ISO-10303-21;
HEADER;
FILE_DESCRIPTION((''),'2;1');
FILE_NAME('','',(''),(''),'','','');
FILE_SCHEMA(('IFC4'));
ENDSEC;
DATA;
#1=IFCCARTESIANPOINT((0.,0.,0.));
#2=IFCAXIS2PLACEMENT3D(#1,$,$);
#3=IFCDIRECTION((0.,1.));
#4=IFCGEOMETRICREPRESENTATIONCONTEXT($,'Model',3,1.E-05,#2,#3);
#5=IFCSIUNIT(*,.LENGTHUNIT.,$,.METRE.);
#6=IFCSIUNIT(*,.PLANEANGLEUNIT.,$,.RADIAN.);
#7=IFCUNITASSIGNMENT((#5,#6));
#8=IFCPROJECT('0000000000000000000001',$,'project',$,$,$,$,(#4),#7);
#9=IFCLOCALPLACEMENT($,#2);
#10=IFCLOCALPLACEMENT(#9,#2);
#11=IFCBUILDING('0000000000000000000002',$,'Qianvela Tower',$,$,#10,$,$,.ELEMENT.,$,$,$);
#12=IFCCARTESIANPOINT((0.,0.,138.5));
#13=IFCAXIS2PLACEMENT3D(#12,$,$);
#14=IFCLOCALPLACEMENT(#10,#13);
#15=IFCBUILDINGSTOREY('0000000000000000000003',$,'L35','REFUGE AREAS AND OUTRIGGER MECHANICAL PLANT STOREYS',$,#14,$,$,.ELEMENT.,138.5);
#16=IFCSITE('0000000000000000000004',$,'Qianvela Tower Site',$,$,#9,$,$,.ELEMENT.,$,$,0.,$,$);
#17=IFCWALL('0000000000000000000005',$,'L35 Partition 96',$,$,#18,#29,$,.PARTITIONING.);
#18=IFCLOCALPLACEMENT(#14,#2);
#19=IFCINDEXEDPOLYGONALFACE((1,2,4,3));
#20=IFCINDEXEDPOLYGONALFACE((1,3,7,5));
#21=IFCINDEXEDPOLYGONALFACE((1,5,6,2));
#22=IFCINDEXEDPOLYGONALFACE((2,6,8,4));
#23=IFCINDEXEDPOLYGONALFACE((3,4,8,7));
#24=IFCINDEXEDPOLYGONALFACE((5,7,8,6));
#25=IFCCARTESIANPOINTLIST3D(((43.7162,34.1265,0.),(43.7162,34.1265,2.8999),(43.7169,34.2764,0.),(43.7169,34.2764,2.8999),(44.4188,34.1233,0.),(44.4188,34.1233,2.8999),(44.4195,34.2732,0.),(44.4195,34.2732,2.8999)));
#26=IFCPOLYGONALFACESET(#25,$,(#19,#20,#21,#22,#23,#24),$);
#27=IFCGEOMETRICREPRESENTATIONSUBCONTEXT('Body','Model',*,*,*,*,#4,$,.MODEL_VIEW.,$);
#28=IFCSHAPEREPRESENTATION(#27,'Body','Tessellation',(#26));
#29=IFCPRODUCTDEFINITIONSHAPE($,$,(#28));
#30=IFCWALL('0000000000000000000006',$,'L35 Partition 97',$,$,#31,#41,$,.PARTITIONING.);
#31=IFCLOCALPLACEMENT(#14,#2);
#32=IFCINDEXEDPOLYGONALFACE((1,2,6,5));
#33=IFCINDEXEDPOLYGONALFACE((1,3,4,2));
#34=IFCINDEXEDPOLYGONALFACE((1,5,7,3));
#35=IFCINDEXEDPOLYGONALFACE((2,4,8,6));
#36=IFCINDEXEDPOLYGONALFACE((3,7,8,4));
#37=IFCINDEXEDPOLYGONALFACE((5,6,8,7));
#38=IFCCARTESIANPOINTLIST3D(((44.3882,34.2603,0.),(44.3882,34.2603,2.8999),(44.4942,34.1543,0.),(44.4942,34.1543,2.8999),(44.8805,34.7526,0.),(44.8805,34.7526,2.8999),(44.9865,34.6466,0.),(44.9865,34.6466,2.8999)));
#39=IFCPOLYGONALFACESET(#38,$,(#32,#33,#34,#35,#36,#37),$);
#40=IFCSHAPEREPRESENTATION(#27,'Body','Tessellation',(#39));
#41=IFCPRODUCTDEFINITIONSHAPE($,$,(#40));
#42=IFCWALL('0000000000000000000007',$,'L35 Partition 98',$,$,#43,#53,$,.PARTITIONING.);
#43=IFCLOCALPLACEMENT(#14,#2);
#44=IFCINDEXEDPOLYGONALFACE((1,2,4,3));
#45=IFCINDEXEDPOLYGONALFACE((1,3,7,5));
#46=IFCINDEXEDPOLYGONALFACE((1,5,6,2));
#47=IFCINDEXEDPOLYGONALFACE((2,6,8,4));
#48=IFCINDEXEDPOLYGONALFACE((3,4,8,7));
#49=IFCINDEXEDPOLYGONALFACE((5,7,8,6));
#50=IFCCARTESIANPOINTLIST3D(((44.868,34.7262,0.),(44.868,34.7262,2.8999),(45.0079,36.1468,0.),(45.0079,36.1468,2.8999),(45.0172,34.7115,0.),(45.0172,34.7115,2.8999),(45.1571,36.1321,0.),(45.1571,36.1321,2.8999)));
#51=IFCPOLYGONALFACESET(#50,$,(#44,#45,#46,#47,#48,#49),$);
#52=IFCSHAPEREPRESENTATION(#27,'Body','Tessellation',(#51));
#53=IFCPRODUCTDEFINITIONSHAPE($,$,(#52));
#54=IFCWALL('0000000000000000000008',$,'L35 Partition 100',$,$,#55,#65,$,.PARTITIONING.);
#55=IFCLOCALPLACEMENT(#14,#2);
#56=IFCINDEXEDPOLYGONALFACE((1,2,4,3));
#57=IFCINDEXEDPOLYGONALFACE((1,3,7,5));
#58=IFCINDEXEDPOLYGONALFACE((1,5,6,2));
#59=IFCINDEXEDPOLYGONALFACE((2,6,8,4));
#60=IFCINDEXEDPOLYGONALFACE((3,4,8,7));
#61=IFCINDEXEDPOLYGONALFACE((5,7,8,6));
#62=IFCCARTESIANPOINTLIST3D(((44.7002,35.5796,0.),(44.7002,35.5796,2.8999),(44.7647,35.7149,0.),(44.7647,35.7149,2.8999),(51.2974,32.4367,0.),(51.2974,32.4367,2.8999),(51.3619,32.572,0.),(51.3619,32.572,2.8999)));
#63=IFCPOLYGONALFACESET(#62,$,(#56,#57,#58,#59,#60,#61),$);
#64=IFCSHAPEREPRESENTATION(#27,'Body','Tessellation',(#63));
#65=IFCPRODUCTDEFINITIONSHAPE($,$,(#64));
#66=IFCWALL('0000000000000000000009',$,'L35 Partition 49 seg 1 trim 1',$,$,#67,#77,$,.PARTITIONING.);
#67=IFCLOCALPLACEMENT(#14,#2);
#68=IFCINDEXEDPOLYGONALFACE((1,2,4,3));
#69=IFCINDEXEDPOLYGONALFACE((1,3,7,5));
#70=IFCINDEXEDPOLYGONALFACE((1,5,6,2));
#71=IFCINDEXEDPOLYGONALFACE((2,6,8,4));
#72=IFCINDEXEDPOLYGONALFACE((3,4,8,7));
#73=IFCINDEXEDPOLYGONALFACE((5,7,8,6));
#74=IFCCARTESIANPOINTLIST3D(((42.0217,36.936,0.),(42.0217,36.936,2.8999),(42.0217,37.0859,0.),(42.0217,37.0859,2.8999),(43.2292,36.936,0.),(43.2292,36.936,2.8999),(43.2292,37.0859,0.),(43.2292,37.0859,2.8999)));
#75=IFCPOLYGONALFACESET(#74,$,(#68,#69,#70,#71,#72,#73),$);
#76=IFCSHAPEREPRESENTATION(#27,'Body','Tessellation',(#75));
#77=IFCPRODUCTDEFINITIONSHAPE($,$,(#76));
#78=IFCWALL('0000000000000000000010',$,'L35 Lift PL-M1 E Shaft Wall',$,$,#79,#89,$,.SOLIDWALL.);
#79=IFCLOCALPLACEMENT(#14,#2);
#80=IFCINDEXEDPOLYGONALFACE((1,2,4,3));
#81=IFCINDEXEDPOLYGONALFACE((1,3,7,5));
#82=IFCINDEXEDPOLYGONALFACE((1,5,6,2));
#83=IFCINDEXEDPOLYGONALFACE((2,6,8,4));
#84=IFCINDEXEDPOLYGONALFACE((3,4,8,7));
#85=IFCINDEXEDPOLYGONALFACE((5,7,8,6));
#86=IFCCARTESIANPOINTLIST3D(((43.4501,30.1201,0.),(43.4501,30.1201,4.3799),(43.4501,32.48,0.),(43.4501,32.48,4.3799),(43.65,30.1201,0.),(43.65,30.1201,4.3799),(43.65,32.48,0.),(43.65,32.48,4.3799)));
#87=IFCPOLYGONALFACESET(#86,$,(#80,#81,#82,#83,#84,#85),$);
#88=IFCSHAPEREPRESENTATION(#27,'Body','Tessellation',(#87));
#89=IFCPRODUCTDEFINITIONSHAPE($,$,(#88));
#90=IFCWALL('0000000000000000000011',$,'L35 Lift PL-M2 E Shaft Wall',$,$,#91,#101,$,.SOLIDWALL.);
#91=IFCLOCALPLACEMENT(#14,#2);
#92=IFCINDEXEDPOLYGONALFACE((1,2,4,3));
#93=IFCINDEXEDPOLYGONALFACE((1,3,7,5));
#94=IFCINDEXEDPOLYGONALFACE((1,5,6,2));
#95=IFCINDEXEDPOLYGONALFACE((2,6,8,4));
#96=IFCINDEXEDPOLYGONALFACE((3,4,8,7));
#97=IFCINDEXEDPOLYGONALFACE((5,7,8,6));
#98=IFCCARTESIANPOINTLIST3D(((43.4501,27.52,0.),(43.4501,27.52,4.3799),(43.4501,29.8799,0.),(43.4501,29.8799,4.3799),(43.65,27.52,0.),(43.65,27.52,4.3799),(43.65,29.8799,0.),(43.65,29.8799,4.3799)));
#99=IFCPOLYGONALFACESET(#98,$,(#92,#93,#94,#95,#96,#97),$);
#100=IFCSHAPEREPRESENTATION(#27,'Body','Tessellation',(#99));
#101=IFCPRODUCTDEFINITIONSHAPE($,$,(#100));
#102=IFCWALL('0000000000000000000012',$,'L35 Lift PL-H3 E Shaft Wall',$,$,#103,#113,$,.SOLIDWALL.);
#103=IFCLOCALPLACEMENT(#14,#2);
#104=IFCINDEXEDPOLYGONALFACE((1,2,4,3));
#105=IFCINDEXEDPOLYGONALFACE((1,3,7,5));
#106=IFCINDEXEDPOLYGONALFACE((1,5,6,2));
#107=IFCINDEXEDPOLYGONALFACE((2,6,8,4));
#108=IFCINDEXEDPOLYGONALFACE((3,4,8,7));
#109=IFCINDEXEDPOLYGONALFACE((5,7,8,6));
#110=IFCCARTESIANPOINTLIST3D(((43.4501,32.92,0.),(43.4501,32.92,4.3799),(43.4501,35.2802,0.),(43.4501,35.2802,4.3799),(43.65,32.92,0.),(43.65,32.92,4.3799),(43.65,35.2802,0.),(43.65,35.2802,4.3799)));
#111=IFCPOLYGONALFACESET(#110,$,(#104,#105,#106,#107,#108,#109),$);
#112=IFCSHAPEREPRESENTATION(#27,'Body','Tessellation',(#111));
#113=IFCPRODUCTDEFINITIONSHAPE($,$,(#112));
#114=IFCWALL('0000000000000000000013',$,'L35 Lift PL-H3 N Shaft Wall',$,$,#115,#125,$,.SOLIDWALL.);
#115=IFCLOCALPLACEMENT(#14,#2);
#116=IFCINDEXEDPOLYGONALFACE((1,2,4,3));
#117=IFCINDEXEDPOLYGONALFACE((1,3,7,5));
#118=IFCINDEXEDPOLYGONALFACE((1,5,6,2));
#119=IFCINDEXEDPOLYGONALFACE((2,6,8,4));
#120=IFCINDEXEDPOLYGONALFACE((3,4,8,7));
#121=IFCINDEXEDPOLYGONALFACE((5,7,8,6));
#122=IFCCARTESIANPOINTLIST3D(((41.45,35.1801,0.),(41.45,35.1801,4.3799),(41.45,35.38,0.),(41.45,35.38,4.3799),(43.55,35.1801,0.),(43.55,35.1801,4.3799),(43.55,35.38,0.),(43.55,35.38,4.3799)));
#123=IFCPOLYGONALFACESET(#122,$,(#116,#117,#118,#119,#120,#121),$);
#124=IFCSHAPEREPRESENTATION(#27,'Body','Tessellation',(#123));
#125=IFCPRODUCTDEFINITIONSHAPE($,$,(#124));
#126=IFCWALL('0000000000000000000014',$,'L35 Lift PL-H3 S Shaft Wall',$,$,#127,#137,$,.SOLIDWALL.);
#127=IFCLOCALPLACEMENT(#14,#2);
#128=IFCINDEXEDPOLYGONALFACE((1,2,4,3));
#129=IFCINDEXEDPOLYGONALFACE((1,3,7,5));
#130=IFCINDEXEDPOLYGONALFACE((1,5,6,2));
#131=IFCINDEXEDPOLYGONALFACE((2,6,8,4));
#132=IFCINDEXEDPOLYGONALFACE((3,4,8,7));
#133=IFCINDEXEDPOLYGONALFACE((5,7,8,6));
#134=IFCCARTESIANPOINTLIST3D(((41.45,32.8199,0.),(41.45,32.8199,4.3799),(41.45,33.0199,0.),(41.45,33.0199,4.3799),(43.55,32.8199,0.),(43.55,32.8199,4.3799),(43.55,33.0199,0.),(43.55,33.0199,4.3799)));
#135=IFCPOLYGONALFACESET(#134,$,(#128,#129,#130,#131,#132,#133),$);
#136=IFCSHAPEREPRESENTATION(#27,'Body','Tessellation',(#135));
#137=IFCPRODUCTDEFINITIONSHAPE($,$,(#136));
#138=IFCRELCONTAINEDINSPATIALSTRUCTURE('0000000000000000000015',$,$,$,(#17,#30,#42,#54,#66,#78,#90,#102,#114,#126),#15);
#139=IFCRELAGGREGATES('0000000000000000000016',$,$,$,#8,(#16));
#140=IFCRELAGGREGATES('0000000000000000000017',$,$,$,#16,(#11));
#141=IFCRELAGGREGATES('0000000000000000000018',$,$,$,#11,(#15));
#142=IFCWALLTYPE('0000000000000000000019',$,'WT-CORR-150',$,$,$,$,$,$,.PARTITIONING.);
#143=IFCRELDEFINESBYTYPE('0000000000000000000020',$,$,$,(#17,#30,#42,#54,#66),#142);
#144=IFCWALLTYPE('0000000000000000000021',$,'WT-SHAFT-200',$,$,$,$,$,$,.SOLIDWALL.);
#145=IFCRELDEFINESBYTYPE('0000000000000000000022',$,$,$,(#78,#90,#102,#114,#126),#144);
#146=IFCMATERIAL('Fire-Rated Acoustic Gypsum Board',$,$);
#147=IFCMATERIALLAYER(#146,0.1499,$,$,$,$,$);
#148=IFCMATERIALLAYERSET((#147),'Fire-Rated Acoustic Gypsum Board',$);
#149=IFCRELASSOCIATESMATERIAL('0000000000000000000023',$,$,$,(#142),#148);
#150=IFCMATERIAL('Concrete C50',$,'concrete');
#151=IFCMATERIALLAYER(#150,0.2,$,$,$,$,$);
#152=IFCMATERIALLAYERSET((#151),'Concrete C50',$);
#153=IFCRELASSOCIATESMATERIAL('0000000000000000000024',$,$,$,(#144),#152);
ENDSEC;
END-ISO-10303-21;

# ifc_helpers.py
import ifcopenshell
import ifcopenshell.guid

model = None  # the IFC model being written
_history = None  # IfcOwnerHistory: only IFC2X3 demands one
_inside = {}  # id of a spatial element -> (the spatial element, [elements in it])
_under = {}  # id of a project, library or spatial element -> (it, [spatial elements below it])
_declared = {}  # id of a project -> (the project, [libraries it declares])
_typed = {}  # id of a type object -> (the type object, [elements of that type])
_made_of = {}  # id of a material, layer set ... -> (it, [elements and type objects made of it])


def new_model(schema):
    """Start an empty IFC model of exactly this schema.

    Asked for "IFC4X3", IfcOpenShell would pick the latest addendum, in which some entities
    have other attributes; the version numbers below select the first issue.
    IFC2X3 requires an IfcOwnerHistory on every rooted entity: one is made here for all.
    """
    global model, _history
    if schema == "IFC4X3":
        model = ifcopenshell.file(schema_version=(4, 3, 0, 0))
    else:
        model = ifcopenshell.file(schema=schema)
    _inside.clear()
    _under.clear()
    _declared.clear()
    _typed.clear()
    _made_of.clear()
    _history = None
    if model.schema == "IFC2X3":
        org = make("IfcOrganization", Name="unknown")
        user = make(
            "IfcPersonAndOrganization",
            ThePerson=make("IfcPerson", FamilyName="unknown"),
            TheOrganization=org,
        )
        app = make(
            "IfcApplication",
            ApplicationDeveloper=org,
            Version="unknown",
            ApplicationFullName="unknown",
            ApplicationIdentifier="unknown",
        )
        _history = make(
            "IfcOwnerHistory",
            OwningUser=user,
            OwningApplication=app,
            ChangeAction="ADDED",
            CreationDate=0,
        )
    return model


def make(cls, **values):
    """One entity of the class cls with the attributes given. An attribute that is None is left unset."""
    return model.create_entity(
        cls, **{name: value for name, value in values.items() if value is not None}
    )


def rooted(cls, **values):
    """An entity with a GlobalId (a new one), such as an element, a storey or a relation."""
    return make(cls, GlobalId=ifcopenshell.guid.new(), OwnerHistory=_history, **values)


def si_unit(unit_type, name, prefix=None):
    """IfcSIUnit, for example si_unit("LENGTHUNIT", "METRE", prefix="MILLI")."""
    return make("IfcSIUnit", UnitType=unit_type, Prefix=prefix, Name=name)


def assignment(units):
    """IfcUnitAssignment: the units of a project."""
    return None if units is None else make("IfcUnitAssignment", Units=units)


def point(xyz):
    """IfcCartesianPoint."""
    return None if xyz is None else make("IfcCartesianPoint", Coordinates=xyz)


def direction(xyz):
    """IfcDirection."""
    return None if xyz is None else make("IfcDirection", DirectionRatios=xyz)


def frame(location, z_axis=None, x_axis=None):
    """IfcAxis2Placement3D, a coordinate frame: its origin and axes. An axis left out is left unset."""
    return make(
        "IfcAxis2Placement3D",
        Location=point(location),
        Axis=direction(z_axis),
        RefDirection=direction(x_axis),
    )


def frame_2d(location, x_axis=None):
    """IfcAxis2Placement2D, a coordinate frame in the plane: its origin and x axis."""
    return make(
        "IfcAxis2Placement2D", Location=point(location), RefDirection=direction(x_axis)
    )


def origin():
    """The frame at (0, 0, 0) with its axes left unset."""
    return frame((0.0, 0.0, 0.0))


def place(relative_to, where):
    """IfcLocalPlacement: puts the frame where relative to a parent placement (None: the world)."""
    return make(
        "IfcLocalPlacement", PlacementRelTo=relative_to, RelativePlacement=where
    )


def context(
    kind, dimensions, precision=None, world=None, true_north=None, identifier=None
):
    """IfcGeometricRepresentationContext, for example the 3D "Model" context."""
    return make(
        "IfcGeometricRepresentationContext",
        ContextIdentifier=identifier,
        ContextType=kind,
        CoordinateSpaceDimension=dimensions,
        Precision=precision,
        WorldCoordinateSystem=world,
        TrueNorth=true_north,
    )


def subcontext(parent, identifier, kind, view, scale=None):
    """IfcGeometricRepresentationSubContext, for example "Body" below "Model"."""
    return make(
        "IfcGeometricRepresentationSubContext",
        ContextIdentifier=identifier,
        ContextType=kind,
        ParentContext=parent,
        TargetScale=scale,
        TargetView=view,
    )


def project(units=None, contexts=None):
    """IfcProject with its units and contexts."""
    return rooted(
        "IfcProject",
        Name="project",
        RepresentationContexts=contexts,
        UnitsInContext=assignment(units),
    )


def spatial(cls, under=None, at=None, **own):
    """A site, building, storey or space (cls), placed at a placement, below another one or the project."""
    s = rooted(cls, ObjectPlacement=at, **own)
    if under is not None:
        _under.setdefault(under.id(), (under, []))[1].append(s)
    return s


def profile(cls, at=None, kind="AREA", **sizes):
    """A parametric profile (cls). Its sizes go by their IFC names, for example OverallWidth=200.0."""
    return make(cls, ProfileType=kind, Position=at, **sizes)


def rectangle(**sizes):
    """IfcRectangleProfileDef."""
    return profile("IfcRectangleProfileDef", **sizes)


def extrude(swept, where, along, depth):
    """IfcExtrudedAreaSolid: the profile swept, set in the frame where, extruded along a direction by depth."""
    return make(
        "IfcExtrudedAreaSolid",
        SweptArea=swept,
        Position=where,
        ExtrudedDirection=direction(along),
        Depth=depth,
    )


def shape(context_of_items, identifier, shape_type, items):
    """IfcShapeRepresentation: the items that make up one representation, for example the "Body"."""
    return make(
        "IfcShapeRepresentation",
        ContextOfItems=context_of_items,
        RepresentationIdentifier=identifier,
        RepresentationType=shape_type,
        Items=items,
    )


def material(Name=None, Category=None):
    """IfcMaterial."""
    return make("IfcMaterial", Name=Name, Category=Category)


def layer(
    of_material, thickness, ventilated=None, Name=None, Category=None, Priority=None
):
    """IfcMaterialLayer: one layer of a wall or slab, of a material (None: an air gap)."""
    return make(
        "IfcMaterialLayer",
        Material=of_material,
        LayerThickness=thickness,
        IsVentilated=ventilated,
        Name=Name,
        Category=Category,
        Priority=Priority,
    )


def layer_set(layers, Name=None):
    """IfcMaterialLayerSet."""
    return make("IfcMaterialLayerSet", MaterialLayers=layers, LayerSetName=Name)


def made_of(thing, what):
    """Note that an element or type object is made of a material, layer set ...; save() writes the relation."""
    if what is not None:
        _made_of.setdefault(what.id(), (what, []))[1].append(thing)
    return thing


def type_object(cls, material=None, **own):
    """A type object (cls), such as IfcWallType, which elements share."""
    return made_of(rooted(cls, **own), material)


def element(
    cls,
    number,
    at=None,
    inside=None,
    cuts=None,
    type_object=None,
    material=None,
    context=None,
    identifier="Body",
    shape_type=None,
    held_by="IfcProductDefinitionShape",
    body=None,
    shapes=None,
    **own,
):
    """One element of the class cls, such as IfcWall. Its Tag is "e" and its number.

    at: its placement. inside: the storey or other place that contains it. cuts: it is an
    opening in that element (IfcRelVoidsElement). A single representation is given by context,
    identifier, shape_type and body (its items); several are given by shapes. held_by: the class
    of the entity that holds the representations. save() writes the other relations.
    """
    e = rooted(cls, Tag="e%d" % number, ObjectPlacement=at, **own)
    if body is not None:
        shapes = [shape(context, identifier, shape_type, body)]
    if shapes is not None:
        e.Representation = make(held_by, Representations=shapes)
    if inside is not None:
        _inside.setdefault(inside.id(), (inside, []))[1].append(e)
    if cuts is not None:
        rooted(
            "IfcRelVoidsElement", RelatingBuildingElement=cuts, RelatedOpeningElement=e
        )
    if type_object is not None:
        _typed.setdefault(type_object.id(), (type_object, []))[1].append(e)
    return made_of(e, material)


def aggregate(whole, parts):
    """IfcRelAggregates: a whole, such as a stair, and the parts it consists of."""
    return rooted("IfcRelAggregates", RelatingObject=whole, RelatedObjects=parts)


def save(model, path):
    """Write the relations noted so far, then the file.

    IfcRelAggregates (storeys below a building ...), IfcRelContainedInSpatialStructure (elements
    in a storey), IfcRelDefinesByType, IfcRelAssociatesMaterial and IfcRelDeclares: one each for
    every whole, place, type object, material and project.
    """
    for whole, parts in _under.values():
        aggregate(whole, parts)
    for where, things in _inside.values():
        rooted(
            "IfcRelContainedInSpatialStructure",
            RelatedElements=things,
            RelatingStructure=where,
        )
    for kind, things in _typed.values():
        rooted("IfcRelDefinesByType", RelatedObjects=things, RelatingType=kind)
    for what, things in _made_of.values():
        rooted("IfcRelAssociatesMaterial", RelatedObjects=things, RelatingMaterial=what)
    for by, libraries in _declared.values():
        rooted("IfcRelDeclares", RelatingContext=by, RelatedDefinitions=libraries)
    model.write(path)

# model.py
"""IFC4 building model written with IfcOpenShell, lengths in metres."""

from ifc_helpers import new_model, si_unit, direction, frame, frame_2d, origin, place, context, subcontext, project, spatial, rectangle, extrude, material, layer, layer_set, type_object, element, save


model = new_model("IFC4")

# Units and contexts
model_context = context("Model", 3, precision=1e-05, world=origin(), true_north=direction((0.0, 1.0)))
body_context = subcontext(model_context, "Body", "Model", "MODEL_VIEW")
ifc_project = project(units=[si_unit("LENGTHUNIT", "METRE"), si_unit("PLANEANGLEUNIT", "RADIAN")], contexts=[model_context])

# Site, building, storey
site_placement = place(None, origin())
site = spatial("IfcSite", under=ifc_project, at=site_placement, Name="Qianvela Tower Site", CompositionType="ELEMENT", RefElevation=0.0)
building_placement = place(site_placement, origin())
building = spatial("IfcBuilding", under=site, at=building_placement, Name="Qianvela Tower", CompositionType="ELEMENT")
storey_placement = place(building_placement, frame((0.0, 0.0, 138.5)))
storey = spatial("IfcBuildingStorey", under=building, at=storey_placement, Name="L35", Description="REFUGE AREAS AND OUTRIGGER MECHANICAL PLANT STOREYS", CompositionType="ELEMENT", Elevation=138.5)

# Shared definitions
ifc_material_1 = material(Name="Fire-Rated Acoustic Gypsum Board")
ifc_layer_1 = layer(ifc_material_1, 0.1499)
ifc_layer_set_1 = layer_set([ifc_layer_1], Name="Fire-Rated Acoustic Gypsum Board")
wall_type_1 = type_object("IfcWallType", Name="WT-CORR-150", PredefinedType="PARTITIONING", material=ifc_layer_set_1)

# Walls
wall_1_placement = place(storey_placement, frame((43.7166, 34.2014, 0.0), z_axis=(0.0, 0.0, 1.0), x_axis=(0.99999, -0.004517, 0.0)))
element("IfcWall", 1, at=wall_1_placement, inside=storey, type_object=wall_type_1, Name="L35 Partition 96", PredefinedType="PARTITIONING", context=body_context, shape_type="SweptSolid", body=[
    extrude(rectangle(XDim=0.7026, YDim=0.1499, at=frame_2d((0.3513, 0.0))), origin(), (0.0, 0.0, 1.0), 2.8999),
])
wall_2_placement = place(storey_placement, frame((44.4412, 34.2073, 0.0), z_axis=(0.0, 0.0, 1.0), x_axis=(0.707107, 0.707107, 0.0)))
element("IfcWall", 2, at=wall_2_placement, inside=storey, type_object=wall_type_1, Name="L35 Partition 97", PredefinedType="PARTITIONING", context=body_context, shape_type="SweptSolid", body=[
    extrude(rectangle(XDim=0.6963, YDim=0.1499, at=frame_2d((0.3481, 0.0))), origin(), (0.0, 0.0, 1.0), 2.8999),
])
wall_3_placement = place(storey_placement, frame((44.9426, 34.7188, 0.0), z_axis=(0.0, 0.0, 1.0), x_axis=(0.097997, 0.995187, 0.0)))
element("IfcWall", 3, at=wall_3_placement, inside=storey, type_object=wall_type_1, Name="L35 Partition 98", PredefinedType="PARTITIONING", context=body_context, shape_type="SweptSolid", body=[
    extrude(rectangle(XDim=1.4275, YDim=0.1499, at=frame_2d((0.7139, 0.0))), origin(), (0.0, 0.0, 1.0), 2.8999),
])
wall_4_placement = place(storey_placement, frame((44.7324, 35.6472, 0.0), z_axis=(0.0, 0.0, 1.0), x_axis=(0.902791, -0.43008, 0.0)))
element("IfcWall", 4, at=wall_4_placement, inside=storey, type_object=wall_type_1, Name="L35 Partition 100", PredefinedType="PARTITIONING", context=body_context, shape_type="SweptSolid", body=[
    extrude(rectangle(XDim=7.3076, YDim=0.1499, at=frame_2d((3.6538, 0.0))), origin(), (0.0, 0.0, 1.0), 2.8999),
])
wall_5_placement = place(storey_placement, frame((43.2292, 37.011, 0.0), z_axis=(0.0, 0.0, 1.0), x_axis=(-1.0, 0.0, 0.0)))
element("IfcWall", 5, at=wall_5_placement, inside=storey, type_object=wall_type_1, Name="L35 Partition 49 seg 1 trim 1", PredefinedType="PARTITIONING", context=body_context, shape_type="SweptSolid", body=[
    extrude(rectangle(XDim=1.2075, YDim=0.1499, at=frame_2d((0.6038, 0.0))), origin(), (0.0, 0.0, 1.0), 2.8999),
])
ifc_material_2 = material(Name="Concrete C50", Category="concrete")
ifc_layer_2 = layer(ifc_material_2, 0.2)
ifc_layer_set_2 = layer_set([ifc_layer_2], Name="Concrete C50")
wall_type_2 = type_object("IfcWallType", Name="WT-SHAFT-200", PredefinedType="SOLIDWALL", material=ifc_layer_set_2)
for number, where, z_axis, x_axis, name in (
    (6, (43.55, 30.1201, 0.0), (0.0, 0.0, 1.0), (0.0, 1.0, 0.0), "L35 Lift PL-M1 E Shaft Wall"),
    (7, (43.55, 27.52, 0.0), (0.0, 0.0, 1.0), (0.0, 1.0, 0.0), "L35 Lift PL-M2 E Shaft Wall"),
):
    element("IfcWall", number, at=place(storey_placement, frame(where, z_axis=z_axis, x_axis=x_axis)), inside=storey, type_object=wall_type_2, Name=name, PredefinedType="SOLIDWALL", context=body_context, shape_type="SweptSolid", body=[
        extrude(rectangle(XDim=2.3599, YDim=0.2, at=frame_2d((1.1799, 0.0))), origin(), (0.0, 0.0, 1.0), 4.3799),
    ])
wall_6_placement = place(storey_placement, frame((43.55, 32.9199, 0.0), z_axis=(0.0, 0.0, 1.0), x_axis=(0.0, 1.0, 0.0)))
element("IfcWall", 8, at=wall_6_placement, inside=storey, type_object=wall_type_2, Name="L35 Lift PL-H3 E Shaft Wall", PredefinedType="SOLIDWALL", context=body_context, shape_type="SweptSolid", body=[
    extrude(rectangle(XDim=2.3601, YDim=0.2, at=frame_2d((1.1802, 0.0))), origin(), (0.0, 0.0, 1.0), 4.3799),
])
for number, where, z_axis, x_axis, name in (
    (9, (41.45, 35.28, 0.0), (0.0, 0.0, 1.0), (1.0, 0.0, 0.0), "L35 Lift PL-H3 N Shaft Wall"),
    (10, (41.45, 32.9199, 0.0), (0.0, 0.0, 1.0), (1.0, 0.0, 0.0), "L35 Lift PL-H3 S Shaft Wall"),
):
    element("IfcWall", number, at=place(storey_placement, frame(where, z_axis=z_axis, x_axis=x_axis)), inside=storey, type_object=wall_type_2, Name=name, PredefinedType="SOLIDWALL", context=body_context, shape_type="SweptSolid", body=[
        extrude(rectangle(XDim=2.1001, YDim=0.2, at=frame_2d((1.05, 0.0))), origin(), (0.0, 0.0, 1.0), 4.3799),
    ])

save(model, "model.ifc")
